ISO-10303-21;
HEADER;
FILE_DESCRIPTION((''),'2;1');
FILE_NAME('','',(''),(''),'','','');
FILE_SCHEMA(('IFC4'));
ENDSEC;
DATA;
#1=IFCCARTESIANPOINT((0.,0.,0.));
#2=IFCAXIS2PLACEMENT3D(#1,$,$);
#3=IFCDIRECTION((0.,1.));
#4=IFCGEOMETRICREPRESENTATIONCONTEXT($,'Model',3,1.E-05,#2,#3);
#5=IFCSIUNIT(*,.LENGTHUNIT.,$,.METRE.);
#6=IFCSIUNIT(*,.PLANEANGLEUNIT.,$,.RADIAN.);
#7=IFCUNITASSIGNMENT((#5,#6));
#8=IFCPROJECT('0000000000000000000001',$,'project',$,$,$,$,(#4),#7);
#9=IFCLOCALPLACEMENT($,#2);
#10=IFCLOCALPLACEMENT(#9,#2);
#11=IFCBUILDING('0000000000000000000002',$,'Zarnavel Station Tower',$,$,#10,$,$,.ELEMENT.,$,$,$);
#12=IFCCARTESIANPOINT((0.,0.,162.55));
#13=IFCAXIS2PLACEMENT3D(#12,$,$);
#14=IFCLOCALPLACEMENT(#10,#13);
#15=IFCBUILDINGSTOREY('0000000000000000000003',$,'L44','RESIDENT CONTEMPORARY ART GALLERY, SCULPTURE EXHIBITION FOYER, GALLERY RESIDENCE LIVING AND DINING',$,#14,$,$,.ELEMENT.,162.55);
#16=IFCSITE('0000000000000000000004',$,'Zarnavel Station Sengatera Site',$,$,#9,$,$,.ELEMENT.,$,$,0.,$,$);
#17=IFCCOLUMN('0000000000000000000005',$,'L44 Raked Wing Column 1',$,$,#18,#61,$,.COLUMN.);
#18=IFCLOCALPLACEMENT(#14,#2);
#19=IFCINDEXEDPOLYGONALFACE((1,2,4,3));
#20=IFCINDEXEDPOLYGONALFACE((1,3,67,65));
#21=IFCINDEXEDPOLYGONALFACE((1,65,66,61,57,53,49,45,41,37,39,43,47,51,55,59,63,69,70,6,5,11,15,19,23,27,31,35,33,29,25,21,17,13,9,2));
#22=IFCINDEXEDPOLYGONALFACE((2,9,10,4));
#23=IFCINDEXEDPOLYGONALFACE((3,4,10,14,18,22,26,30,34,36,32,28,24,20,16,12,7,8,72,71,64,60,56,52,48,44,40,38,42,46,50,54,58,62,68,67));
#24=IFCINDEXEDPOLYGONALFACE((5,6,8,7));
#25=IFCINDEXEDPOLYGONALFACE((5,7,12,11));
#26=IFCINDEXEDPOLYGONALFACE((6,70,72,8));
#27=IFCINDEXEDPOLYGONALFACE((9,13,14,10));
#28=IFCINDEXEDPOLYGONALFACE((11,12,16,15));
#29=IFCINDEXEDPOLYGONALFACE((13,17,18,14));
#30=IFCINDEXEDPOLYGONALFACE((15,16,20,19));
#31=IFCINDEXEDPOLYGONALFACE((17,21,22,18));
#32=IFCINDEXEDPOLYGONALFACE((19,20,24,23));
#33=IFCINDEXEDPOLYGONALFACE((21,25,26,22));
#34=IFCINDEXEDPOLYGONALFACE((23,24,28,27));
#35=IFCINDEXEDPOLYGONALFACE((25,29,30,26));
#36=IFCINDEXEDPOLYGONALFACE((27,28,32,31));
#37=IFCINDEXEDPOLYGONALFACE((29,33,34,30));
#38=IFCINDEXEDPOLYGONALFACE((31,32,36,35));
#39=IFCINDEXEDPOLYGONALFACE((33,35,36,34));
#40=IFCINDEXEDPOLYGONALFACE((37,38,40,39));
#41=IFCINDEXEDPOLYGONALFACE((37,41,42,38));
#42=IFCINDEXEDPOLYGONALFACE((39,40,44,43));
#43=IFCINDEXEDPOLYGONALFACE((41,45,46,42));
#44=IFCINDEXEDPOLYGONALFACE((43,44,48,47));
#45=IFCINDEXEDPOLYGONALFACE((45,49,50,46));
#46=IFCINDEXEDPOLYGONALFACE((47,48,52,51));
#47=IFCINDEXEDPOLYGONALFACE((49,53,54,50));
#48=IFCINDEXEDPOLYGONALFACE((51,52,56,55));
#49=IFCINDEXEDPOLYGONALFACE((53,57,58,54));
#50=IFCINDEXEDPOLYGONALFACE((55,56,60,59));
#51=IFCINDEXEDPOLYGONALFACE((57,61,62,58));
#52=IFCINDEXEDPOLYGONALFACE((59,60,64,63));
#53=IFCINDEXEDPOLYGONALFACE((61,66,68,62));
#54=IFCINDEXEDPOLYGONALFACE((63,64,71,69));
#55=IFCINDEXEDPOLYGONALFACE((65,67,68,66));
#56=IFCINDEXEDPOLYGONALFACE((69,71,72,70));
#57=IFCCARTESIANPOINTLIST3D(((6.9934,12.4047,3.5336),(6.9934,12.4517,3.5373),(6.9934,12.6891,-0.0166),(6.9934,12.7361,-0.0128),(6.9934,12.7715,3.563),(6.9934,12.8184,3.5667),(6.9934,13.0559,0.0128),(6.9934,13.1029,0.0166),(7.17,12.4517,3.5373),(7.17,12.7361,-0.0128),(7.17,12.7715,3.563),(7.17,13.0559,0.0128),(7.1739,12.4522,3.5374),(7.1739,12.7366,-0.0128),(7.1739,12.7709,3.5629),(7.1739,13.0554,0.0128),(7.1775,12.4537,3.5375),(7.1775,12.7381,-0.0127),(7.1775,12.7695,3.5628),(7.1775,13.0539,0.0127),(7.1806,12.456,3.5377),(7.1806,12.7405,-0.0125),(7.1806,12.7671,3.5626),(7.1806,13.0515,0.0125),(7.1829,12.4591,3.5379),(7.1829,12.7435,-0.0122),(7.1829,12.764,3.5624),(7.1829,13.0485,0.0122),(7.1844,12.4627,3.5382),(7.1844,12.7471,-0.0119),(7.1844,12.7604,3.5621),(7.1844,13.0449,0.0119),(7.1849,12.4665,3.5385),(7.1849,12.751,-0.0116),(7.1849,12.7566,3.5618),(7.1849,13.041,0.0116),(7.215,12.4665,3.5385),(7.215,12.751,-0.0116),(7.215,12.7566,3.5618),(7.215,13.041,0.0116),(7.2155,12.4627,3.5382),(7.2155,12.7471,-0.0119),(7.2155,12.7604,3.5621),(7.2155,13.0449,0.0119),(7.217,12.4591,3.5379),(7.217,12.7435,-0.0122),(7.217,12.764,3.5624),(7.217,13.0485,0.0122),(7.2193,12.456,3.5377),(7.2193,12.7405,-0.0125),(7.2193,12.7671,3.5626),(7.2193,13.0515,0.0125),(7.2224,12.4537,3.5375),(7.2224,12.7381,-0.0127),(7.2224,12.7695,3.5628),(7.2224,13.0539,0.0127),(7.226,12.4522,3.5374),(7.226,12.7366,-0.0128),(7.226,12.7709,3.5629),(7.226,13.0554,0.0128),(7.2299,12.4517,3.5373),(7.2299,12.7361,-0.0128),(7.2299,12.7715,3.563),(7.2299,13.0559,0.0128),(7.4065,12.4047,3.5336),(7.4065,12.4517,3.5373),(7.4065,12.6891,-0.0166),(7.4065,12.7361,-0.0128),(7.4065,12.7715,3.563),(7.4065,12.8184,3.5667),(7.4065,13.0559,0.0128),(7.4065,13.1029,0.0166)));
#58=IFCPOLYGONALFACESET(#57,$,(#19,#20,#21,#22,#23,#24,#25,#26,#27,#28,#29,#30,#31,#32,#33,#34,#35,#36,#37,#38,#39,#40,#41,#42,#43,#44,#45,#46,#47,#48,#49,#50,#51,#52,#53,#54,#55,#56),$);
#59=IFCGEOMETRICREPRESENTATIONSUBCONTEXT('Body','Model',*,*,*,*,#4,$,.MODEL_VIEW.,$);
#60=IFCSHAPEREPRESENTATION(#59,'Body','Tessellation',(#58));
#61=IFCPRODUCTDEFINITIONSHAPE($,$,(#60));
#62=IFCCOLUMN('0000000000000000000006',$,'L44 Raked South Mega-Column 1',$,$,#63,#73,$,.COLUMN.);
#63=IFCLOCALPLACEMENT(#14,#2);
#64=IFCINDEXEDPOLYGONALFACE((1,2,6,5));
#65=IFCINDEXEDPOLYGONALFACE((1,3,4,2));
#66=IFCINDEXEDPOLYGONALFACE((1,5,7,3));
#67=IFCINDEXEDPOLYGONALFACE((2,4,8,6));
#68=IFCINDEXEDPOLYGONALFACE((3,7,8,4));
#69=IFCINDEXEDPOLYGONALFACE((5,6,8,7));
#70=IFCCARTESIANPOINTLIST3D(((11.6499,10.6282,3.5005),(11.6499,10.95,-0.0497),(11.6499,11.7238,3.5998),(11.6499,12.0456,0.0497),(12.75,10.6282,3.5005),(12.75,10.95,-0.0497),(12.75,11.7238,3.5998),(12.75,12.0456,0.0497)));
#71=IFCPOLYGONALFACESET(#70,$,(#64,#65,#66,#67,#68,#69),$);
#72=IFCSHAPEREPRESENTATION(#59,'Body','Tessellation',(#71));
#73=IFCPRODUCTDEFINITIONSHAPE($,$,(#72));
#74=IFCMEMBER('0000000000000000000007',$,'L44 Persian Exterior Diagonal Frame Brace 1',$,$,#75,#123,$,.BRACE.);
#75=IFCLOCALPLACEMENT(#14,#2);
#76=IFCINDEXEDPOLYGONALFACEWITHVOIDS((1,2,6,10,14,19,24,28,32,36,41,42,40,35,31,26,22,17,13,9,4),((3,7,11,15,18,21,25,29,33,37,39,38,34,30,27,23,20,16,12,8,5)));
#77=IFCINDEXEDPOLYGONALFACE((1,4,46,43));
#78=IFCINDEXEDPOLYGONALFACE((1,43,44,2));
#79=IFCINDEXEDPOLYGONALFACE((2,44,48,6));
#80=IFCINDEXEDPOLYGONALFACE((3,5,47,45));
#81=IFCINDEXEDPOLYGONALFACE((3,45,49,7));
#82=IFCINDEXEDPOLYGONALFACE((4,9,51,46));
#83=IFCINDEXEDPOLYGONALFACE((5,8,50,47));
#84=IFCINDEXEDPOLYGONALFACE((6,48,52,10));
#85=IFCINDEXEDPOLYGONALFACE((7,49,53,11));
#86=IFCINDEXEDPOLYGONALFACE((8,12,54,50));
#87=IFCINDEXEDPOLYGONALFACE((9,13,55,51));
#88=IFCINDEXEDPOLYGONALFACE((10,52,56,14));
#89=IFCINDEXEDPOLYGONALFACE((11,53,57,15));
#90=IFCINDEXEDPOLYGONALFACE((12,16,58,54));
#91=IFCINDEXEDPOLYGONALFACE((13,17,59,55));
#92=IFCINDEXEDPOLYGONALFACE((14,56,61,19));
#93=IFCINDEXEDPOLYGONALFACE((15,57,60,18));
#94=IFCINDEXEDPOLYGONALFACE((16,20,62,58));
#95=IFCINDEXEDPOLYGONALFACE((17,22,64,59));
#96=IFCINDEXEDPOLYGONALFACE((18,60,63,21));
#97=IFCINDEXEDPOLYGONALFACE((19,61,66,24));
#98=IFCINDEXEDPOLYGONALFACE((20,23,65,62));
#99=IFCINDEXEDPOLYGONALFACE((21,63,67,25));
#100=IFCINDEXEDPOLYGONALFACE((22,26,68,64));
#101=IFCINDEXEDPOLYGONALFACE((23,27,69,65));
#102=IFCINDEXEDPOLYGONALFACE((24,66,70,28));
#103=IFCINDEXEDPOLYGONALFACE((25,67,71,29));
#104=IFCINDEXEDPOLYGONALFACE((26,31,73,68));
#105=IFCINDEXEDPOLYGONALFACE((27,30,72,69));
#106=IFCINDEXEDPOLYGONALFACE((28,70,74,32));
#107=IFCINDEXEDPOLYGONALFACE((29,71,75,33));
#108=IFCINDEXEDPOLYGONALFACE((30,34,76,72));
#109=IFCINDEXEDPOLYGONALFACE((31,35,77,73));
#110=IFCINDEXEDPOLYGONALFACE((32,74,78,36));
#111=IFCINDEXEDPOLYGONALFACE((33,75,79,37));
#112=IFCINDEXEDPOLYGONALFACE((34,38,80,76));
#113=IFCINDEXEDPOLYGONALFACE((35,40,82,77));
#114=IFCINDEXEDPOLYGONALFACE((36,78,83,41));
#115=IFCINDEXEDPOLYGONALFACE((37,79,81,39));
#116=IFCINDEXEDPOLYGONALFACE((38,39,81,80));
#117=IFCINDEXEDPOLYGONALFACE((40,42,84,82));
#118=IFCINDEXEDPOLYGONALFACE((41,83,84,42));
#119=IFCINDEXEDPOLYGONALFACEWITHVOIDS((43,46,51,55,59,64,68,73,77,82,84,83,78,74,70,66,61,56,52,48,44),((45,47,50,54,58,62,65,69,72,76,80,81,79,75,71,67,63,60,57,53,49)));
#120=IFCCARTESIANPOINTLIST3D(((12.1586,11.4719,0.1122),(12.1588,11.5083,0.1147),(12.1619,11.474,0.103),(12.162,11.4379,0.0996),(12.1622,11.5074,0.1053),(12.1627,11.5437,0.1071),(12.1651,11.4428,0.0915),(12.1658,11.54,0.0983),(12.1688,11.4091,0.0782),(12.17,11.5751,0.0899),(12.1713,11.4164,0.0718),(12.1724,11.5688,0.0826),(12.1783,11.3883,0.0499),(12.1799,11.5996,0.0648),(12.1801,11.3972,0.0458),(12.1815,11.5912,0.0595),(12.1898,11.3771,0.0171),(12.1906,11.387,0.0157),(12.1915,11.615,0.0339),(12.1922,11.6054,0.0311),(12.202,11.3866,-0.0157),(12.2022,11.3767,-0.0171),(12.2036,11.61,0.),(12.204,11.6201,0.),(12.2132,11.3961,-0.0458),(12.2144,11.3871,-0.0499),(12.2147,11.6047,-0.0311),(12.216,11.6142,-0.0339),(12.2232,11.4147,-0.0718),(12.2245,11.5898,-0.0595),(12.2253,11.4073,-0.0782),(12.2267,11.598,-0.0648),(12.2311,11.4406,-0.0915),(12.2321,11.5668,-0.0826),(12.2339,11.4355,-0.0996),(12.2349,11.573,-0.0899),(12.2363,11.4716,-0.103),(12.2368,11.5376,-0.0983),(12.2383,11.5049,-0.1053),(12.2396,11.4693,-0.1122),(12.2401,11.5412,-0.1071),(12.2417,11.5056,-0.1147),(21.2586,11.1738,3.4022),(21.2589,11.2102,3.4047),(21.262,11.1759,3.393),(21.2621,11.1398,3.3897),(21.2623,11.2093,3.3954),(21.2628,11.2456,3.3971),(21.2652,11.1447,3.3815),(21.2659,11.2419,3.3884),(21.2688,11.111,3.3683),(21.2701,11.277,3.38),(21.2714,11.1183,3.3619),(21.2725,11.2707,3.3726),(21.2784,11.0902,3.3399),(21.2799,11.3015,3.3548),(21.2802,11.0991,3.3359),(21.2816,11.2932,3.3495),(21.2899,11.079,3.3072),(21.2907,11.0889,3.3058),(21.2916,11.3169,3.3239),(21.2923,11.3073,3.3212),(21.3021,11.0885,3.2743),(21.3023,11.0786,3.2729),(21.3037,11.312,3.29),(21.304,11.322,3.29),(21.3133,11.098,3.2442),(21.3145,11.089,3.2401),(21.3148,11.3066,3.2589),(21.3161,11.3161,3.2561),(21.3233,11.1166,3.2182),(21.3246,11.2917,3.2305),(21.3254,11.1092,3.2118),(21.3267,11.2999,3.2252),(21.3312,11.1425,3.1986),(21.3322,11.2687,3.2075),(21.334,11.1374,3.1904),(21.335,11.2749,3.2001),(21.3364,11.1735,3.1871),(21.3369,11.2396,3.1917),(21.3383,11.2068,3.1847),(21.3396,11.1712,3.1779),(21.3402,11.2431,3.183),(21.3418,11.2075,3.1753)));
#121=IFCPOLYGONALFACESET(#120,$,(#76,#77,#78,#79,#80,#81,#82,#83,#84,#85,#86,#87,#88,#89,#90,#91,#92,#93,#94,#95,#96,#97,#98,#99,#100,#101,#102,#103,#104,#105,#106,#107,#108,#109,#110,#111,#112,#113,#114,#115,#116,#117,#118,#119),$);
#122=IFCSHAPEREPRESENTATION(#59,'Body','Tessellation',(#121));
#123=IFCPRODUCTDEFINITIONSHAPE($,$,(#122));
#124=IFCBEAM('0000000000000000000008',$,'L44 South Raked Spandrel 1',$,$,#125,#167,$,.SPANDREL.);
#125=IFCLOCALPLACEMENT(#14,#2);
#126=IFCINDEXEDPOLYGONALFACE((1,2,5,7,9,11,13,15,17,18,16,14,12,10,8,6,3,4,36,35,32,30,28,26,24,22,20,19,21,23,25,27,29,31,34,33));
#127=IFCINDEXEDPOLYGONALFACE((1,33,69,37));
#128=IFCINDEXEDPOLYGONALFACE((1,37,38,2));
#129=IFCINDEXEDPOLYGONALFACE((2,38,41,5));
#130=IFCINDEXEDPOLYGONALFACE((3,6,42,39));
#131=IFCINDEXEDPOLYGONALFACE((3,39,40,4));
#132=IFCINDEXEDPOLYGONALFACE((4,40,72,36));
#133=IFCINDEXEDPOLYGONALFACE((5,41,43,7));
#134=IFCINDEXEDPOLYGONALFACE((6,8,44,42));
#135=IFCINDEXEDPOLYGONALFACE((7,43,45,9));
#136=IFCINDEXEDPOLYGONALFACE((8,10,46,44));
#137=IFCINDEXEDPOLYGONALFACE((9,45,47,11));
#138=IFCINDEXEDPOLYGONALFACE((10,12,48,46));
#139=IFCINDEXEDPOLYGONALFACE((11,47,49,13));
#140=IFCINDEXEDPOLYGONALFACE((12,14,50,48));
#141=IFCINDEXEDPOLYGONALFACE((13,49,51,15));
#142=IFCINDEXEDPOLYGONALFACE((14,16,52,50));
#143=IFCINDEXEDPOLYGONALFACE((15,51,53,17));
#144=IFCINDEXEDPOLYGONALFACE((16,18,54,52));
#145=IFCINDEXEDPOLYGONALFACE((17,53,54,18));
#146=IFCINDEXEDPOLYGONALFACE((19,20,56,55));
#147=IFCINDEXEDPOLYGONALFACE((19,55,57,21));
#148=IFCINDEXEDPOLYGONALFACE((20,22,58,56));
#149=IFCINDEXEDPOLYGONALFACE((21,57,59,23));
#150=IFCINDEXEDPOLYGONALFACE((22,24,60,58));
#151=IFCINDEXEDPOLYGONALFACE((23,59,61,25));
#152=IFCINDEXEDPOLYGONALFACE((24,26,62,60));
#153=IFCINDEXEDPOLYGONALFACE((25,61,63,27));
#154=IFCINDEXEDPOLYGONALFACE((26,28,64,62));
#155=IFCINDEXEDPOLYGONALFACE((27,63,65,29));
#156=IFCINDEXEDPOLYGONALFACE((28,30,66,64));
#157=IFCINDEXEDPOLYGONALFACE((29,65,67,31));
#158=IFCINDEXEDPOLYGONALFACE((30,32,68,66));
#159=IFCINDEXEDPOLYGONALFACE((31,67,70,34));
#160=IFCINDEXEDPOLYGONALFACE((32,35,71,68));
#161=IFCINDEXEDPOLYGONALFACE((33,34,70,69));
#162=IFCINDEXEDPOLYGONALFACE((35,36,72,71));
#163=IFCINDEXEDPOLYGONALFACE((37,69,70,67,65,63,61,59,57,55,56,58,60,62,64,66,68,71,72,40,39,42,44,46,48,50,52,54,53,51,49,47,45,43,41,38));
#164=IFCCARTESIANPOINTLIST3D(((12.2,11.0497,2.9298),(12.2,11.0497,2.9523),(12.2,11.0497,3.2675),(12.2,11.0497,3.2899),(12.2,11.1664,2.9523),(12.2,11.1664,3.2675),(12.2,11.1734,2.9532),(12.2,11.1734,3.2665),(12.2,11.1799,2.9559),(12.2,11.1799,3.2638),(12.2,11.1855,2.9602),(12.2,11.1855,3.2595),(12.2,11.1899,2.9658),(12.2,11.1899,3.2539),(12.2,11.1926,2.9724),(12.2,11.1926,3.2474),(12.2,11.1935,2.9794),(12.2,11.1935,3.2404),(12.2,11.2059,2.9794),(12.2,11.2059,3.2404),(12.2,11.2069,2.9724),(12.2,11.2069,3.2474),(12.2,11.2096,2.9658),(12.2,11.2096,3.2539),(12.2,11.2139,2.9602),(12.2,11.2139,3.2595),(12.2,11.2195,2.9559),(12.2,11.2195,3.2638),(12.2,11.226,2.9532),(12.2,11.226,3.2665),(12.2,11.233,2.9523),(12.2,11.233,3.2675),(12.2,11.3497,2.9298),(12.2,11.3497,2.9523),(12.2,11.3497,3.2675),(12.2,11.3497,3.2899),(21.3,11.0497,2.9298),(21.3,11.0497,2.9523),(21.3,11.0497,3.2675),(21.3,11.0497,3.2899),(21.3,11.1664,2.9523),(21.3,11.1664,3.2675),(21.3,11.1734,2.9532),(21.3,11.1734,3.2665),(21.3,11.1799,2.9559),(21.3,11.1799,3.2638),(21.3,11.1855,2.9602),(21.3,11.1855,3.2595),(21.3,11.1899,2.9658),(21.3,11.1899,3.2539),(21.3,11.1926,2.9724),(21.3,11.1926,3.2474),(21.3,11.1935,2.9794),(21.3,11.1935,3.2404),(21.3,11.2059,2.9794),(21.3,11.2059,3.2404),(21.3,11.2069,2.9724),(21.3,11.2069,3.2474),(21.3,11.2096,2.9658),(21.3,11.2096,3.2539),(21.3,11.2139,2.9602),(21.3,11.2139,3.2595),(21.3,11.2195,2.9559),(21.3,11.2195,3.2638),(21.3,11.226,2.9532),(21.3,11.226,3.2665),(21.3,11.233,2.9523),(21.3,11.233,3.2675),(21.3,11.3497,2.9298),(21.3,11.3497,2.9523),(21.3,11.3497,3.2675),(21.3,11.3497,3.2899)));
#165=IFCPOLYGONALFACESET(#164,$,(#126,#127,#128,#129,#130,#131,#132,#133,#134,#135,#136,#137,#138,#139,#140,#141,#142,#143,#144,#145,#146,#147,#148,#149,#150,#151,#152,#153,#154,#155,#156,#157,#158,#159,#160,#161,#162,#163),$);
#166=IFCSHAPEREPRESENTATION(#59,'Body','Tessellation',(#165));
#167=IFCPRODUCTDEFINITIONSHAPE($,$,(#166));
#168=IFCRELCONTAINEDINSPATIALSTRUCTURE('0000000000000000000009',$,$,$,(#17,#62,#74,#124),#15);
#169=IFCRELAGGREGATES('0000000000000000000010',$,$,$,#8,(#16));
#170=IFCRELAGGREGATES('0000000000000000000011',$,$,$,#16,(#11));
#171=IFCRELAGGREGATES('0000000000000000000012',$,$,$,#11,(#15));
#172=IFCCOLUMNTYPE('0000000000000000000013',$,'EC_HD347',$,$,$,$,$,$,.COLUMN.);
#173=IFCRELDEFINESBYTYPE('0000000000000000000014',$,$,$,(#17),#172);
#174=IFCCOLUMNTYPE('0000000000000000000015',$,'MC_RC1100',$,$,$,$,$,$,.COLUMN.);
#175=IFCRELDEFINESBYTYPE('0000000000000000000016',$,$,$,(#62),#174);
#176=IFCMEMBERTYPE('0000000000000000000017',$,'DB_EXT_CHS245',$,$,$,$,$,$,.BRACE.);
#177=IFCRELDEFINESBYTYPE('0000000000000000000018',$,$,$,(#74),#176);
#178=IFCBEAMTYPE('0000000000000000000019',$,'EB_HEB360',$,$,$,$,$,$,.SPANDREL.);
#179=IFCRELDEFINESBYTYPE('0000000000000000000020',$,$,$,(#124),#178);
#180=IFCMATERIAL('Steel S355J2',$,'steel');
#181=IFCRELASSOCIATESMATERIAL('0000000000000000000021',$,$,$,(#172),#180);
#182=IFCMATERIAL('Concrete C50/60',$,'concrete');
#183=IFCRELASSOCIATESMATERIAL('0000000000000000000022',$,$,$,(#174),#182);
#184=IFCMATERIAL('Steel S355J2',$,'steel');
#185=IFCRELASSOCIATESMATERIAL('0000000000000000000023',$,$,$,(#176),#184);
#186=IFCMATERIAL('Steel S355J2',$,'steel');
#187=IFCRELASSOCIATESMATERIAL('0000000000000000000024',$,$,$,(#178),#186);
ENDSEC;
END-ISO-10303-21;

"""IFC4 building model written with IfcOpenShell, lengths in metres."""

from ifc_helpers import new_model, si_unit, direction, frame, origin, origin_2d, place, context, subcontext, project, spatial, rectangle, hollow_circle, i_section, extrude, material, material_profile, profile_set, type_object, element, save


model = new_model("IFC4")

# Units and contexts
model_context = context("Model", 3, precision=1e-05, world=origin(), true_north=direction((0.0, 1.0)))
body_context = subcontext(model_context, "Body", "Model", "MODEL_VIEW")
ifc_project = project(units=[si_unit("LENGTHUNIT", "METRE"), si_unit("PLANEANGLEUNIT", "RADIAN")], contexts=[model_context])

# Site, building, storey
site_placement = place(None, origin())
site = spatial("IfcSite", under=ifc_project, at=site_placement, Name="Zarnavel Station Sengatera Site", CompositionType="ELEMENT", RefElevation=0.0)
building_placement = place(site_placement, origin())
building = spatial("IfcBuilding", under=site, at=building_placement, Name="Zarnavel Station Tower", CompositionType="ELEMENT")
storey_placement = place(building_placement, frame((0.0, 0.0, 162.55)))
storey = spatial("IfcBuildingStorey", under=building, at=storey_placement, Name="L44", Description="RESIDENT CONTEMPORARY ART GALLERY, SCULPTURE EXHIBITION FOYER, GALLERY RESIDENCE LIVING AND DINING", CompositionType="ELEMENT", Elevation=162.55)

# Columns
ifc_material_1 = material(Name="Steel S355J2", Category="steel")
ifc_material_profile_1 = material_profile(ifc_material_1, i_section(OverallWidth=0.4131, OverallDepth=0.415, WebThickness=0.03, FlangeThickness=0.0471, FilletRadius=0.0149, at=origin_2d()), Name="HD400x347")
ifc_profile_set_1 = profile_set([ifc_material_profile_1], Name="Steel S355J2")
column_type_1 = type_object("IfcColumnType", Name="EC_HD347", PredefinedType="COLUMN", material=ifc_profile_set_1)
column_1_placement = place(storey_placement, frame((7.2, 12.896, 0.0), z_axis=(0.0, -0.079862, 0.996806), x_axis=(1.0, 0.0, 0.0)))
element("IfcColumn", 1, at=column_1_placement, inside=storey, type_object=column_type_1, Name="L44 Raked Wing Column 1", PredefinedType="COLUMN", context=body_context, shape_type="SweptSolid", body=[
    extrude(i_section(OverallWidth=0.4131, OverallDepth=0.415, WebThickness=0.03, FlangeThickness=0.0471, FilletRadius=0.0149, at=origin_2d()), origin(), (0.0, 0.0, 1.0), 3.5615),
])
ifc_material_2 = material(Name="Concrete C50/60", Category="concrete")
ifc_material_profile_2 = material_profile(ifc_material_2, rectangle(XDim=1.1001, YDim=1.1001, at=origin_2d()), Name="RC1100x1100")
ifc_profile_set_2 = profile_set([ifc_material_profile_2], Name="Concrete C50/60")
column_type_2 = type_object("IfcColumnType", Name="MC_RC1100", PredefinedType="COLUMN", material=ifc_profile_set_2)
column_2_placement = place(storey_placement, frame((12.2, 11.4978, 0.0), z_axis=(0.0, -0.09027, 0.995917), x_axis=(1.0, 0.0, 0.0)))
element("IfcColumn", 2, at=column_2_placement, inside=storey, type_object=column_type_2, Name="L44 Raked South Mega-Column 1", PredefinedType="COLUMN", context=body_context, shape_type="SweptSolid", body=[
    extrude(rectangle(XDim=1.1001, YDim=1.1001, at=origin_2d()), origin(), (0.0, 0.0, 1.0), 3.5647),
])

# Member
ifc_material_3 = material(Name="Steel S355J2", Category="steel")
ifc_material_profile_3 = material_profile(ifc_material_3, hollow_circle(Radius=0.1223, WallThickness=0.01, at=origin_2d()), Name="CHS244.5x10")
ifc_profile_set_3 = profile_set([ifc_material_profile_3], Name="Steel S355J2")
member_type = type_object("IfcMemberType", Name="DB_EXT_CHS245", PredefinedType="BRACE", material=ifc_profile_set_3)
member_placement = place(storey_placement, frame((12.2, 11.4978, 0.0), z_axis=(0.939979, -0.030791, 0.339839), x_axis=(0.03274, 0.999464, 0.0)))
element("IfcMember", 3, at=member_placement, inside=storey, type_object=member_type, Name="L44 Persian Exterior Diagonal Frame Brace 1", PredefinedType="BRACE", context=body_context, shape_type="SweptSolid", body=[
    extrude(hollow_circle(Radius=0.1223, WallThickness=0.01, at=origin_2d()), origin(), (0.0, 0.0, 1.0), 9.6812),
])

# Beam
ifc_material_4 = material(Name="Steel S355J2", Category="steel")
ifc_material_profile_4 = material_profile(ifc_material_4, i_section(OverallWidth=0.3, OverallDepth=0.3601, WebThickness=0.0125, FlangeThickness=0.0225, FilletRadius=0.0271, at=origin_2d()), Name="HEB360")
ifc_profile_set_4 = profile_set([ifc_material_profile_4], Name="Steel S355J2")
beam_type_1 = type_object("IfcBeamType", Name="EB_HEB360", PredefinedType="SPANDREL", material=ifc_profile_set_4)
beam_1_placement = place(storey_placement, frame((12.2, 11.1997, 3.1099), z_axis=(1.0, 0.0, 0.0), x_axis=(0.0, 1.0, 0.0)))
element("IfcBeam", 4, at=beam_1_placement, inside=storey, type_object=beam_type_1, Name="L44 South Raked Spandrel 1", PredefinedType="SPANDREL", context=body_context, shape_type="SweptSolid", body=[
    extrude(i_section(OverallWidth=0.3, OverallDepth=0.3601, WebThickness=0.0125, FlangeThickness=0.0225, FilletRadius=0.0271, at=origin_2d()), origin(), (0.0, 0.0, 1.0), 9.1001),
])

save(model, "model.ifc")
